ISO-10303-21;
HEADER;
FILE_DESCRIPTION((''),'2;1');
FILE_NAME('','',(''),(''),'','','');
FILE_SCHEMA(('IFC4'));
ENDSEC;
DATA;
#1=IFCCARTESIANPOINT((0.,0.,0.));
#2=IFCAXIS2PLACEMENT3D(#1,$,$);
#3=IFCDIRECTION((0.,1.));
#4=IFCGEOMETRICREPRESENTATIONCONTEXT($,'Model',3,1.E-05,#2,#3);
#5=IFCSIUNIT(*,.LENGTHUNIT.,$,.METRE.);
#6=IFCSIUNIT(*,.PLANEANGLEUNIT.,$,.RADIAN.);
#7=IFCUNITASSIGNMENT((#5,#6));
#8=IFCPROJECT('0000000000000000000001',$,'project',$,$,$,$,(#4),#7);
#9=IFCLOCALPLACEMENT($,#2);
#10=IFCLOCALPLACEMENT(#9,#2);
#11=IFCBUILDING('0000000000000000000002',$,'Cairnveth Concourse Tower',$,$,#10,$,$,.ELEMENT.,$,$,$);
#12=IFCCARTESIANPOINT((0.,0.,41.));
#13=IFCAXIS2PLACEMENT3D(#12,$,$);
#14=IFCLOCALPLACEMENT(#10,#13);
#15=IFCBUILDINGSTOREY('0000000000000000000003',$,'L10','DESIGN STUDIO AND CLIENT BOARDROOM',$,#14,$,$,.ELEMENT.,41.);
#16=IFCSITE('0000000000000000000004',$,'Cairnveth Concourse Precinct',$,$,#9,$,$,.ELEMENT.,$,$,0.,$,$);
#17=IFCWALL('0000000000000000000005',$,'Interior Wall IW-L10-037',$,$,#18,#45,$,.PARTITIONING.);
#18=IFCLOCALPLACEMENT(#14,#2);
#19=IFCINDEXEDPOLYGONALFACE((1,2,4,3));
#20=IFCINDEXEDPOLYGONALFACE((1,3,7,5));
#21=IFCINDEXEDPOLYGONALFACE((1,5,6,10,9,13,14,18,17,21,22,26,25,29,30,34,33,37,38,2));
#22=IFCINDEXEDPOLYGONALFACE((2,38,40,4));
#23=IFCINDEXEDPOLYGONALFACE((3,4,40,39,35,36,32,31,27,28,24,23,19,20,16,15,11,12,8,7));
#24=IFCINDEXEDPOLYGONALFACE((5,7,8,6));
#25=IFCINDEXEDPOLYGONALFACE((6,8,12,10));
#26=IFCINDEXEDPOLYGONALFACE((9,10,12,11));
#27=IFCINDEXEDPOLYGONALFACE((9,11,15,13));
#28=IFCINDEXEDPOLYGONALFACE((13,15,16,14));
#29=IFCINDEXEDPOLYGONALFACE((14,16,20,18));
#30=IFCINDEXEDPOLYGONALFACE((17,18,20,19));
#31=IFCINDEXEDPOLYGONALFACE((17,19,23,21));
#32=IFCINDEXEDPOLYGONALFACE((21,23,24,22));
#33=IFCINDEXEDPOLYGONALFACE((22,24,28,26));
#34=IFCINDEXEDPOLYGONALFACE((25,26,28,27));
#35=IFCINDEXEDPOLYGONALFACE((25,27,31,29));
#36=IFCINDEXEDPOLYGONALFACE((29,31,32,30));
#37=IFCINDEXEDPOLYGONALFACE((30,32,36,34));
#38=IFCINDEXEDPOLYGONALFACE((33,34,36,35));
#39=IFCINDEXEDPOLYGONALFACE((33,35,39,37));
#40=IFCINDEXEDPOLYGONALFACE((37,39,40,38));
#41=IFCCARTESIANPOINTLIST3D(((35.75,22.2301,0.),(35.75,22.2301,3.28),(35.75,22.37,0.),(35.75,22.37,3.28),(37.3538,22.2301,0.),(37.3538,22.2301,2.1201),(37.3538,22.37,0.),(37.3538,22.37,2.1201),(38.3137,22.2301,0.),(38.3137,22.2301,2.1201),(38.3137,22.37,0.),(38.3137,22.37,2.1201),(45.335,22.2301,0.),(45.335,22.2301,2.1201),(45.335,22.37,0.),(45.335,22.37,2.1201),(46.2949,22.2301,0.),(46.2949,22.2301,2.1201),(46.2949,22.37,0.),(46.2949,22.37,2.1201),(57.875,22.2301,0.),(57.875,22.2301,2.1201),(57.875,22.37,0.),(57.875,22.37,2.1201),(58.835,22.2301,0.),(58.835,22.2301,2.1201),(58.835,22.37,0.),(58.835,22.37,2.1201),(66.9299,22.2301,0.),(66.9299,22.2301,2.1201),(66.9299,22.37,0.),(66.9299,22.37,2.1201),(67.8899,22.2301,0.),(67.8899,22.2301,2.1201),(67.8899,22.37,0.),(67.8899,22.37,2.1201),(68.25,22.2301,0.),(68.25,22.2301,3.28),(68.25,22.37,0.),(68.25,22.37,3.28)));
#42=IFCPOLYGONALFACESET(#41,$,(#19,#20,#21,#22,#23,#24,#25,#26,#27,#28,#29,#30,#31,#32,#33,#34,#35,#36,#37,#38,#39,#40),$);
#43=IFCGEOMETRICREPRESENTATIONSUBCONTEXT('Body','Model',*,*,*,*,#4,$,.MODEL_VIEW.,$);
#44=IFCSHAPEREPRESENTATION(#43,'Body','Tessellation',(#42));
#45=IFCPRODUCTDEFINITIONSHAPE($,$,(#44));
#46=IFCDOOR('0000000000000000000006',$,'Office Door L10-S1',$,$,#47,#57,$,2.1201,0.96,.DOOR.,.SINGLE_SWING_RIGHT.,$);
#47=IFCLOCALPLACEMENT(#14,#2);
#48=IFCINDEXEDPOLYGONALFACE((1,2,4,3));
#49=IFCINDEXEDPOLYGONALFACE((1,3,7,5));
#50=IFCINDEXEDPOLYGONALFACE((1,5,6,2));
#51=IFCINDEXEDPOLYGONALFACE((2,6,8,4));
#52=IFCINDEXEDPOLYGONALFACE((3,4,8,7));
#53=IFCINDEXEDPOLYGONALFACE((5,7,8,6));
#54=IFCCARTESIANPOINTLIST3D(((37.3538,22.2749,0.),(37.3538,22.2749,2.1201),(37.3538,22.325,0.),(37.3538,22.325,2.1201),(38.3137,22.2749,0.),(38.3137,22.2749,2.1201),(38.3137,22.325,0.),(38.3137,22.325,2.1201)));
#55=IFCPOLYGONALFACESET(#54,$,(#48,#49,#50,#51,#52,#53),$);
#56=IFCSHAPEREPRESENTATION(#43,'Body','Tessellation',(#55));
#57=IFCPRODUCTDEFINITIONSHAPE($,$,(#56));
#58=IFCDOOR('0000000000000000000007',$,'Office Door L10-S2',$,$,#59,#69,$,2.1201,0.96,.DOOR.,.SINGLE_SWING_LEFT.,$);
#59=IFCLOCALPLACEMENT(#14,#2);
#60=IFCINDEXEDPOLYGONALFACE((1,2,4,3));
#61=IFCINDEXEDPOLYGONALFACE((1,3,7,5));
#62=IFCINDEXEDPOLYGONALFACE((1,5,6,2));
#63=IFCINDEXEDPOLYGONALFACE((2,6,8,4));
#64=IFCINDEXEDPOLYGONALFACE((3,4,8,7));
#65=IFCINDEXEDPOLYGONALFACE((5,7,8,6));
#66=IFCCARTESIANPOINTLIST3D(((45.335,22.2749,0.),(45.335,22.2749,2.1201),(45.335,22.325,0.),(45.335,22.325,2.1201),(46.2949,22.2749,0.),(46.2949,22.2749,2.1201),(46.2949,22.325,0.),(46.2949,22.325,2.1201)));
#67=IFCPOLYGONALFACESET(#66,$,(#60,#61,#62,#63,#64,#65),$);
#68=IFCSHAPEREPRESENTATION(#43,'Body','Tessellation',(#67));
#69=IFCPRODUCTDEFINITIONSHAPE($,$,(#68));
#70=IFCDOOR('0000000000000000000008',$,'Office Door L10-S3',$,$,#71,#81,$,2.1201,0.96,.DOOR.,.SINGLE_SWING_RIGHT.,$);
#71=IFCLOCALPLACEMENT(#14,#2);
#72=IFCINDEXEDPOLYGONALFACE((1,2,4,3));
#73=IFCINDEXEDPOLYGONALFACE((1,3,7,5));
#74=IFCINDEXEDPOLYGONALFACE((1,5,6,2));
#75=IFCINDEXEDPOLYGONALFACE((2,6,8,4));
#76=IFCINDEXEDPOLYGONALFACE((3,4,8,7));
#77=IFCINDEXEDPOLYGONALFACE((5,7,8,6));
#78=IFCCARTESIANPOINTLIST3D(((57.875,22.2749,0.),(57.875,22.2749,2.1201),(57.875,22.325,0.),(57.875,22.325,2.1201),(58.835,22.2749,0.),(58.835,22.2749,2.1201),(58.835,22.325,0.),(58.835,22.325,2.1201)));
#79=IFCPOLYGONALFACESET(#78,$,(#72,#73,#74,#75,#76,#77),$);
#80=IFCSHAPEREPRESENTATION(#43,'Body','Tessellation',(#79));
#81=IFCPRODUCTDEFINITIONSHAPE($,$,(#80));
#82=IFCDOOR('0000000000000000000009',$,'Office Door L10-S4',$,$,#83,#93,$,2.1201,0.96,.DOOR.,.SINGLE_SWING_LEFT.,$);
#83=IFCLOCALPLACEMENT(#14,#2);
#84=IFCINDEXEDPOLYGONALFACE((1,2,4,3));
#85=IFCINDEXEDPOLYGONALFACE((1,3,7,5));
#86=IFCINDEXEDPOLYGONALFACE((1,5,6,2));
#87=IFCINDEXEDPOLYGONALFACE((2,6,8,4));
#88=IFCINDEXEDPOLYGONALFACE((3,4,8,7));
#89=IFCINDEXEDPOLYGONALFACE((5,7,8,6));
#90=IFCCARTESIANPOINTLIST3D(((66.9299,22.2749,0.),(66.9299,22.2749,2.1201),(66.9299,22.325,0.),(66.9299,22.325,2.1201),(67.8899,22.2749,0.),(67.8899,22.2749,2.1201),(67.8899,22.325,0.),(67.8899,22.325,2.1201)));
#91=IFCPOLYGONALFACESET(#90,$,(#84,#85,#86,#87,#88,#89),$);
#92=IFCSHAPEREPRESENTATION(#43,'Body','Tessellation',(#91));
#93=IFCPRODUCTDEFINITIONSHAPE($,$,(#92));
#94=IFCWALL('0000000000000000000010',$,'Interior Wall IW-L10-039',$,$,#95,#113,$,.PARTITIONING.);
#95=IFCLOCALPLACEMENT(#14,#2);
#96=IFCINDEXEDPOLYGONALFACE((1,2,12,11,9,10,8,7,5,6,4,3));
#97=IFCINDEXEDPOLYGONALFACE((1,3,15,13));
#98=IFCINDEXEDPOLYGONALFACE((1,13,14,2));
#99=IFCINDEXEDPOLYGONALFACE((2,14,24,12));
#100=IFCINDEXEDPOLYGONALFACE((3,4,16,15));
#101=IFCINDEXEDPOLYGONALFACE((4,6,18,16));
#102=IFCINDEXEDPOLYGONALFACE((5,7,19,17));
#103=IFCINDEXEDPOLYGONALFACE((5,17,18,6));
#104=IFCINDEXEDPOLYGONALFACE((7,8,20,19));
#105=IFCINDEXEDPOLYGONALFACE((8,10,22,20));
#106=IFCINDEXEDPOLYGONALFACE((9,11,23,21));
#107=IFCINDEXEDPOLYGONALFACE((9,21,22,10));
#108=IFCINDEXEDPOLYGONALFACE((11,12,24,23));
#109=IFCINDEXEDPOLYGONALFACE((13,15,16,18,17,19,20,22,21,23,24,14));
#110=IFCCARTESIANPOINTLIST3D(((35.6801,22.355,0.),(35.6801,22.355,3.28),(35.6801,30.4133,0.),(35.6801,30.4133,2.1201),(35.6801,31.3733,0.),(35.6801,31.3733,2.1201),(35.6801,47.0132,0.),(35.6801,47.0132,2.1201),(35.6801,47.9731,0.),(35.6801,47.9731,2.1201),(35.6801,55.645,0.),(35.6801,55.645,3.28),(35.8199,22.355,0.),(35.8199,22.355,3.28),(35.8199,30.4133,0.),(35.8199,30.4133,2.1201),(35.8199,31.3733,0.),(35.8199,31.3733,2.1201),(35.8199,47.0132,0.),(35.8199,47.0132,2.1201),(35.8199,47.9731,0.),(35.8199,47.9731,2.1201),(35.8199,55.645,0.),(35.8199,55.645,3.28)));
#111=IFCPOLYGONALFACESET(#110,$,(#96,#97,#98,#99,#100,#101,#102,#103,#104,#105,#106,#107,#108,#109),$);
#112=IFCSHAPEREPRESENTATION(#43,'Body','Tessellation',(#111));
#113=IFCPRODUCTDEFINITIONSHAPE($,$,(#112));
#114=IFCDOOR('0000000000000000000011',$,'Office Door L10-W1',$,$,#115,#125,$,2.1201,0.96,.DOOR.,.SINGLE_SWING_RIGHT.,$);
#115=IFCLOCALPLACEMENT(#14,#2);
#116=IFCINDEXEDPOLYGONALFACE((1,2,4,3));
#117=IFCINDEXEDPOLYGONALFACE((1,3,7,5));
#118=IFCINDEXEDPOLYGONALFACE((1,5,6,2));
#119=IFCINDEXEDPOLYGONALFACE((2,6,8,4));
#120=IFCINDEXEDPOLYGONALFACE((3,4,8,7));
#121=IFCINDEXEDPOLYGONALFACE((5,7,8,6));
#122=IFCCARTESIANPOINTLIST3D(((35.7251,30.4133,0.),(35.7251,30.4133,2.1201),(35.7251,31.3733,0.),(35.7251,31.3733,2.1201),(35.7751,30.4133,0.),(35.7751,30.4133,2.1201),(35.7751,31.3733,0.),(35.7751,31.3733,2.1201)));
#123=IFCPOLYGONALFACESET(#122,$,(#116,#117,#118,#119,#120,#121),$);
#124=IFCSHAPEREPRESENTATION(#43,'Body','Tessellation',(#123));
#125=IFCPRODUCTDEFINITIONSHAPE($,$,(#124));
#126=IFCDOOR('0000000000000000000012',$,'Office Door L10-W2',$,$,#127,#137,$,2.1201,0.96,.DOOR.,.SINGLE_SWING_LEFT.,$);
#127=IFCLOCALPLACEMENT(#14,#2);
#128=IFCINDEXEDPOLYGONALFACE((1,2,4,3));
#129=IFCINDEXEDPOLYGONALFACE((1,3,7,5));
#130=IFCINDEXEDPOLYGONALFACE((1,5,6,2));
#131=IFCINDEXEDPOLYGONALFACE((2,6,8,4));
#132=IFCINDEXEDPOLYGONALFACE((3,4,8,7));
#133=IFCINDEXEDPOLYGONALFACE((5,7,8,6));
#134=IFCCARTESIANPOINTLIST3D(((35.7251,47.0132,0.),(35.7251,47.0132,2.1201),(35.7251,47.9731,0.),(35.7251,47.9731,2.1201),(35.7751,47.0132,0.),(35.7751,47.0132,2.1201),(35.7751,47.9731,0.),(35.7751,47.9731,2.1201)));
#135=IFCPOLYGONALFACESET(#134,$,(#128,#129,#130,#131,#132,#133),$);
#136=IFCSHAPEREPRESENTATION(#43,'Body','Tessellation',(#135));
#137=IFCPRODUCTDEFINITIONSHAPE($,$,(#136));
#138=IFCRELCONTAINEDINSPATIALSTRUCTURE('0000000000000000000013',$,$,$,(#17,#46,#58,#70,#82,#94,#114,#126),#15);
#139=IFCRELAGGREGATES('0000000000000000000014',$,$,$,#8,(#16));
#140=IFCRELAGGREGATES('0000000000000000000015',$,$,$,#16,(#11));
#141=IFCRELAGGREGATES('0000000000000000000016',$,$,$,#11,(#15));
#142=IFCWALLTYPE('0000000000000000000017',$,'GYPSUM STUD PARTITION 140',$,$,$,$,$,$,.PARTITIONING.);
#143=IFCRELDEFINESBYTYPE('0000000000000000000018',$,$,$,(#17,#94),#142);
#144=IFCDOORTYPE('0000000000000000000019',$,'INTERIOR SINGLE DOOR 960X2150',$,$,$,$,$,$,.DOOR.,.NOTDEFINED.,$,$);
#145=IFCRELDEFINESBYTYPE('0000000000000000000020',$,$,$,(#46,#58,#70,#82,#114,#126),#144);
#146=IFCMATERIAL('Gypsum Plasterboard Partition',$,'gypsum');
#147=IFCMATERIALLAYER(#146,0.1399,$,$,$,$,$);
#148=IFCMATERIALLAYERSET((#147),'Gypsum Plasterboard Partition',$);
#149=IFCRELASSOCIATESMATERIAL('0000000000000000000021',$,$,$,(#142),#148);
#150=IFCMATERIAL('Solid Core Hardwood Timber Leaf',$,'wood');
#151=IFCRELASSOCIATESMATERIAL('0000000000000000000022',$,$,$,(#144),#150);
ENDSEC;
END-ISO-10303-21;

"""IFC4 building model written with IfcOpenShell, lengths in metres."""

from ifc_helpers import new_model, si_unit, direction, frame, frame_2d, origin, place, context, subcontext, project, spatial, rectangle, extrude, material, layer, layer_set, type_object, element, fill, save


model = new_model("IFC4")

# Units and contexts
model_context = context("Model", 3, precision=1e-05, world=origin(), true_north=direction((0.0, 1.0)))
body_context = subcontext(model_context, "Body", "Model", "MODEL_VIEW")
ifc_project = project(units=[si_unit("LENGTHUNIT", "METRE"), si_unit("PLANEANGLEUNIT", "RADIAN")], contexts=[model_context])

# Site, building, storey
site_placement = place(None, origin())
site = spatial("IfcSite", under=ifc_project, at=site_placement, Name="Cairnveth Concourse Precinct", CompositionType="ELEMENT", RefElevation=0.0)
building_placement = place(site_placement, origin())
building = spatial("IfcBuilding", under=site, at=building_placement, Name="Cairnveth Concourse Tower", CompositionType="ELEMENT")
storey_placement = place(building_placement, frame((0.0, 0.0, 41.0)))
storey = spatial("IfcBuildingStorey", under=building, at=storey_placement, Name="L10", Description="DESIGN STUDIO AND CLIENT BOARDROOM", CompositionType="ELEMENT", Elevation=41.0)

# Walls, openings, doors
ifc_material_1 = material(Name="Gypsum Plasterboard Partition", Category="gypsum")
ifc_layer_1 = layer(ifc_material_1, 0.1399)
ifc_layer_set_1 = layer_set([ifc_layer_1], Name="Gypsum Plasterboard Partition")
wall_type = type_object("IfcWallType", Name="GYPSUM STUD PARTITION 140", PredefinedType="PARTITIONING", material=ifc_layer_set_1)
wall_1_placement = place(storey_placement, frame((35.75, 22.3, 0.0), z_axis=(0.0, 0.0, 1.0), x_axis=(1.0, 0.0, 0.0)))
wall_1 = element("IfcWall", 1, at=wall_1_placement, inside=storey, type_object=wall_type, Name="Interior Wall IW-L10-037", PredefinedType="PARTITIONING", context=body_context, shape_type="SweptSolid", body=[
    extrude(rectangle(XDim=32.5, YDim=0.1399, at=frame_2d((16.25, 0.0))), origin(), (0.0, 0.0, 1.0), 3.28),
])
opening_1_placement = place(wall_1_placement, frame((1.6038, 0.0, 0.0)))
opening_1 = element("IfcOpeningElement", 2, at=opening_1_placement, cuts=wall_1, PredefinedType="OPENING", context=body_context, shape_type="SweptSolid", body=[
    extrude(rectangle(XDim=0.96, YDim=2.1201, at=frame_2d((0.48, 1.0601))), frame((0.0, 0.0798, 0.0), z_axis=(0.0, -1.0, 0.0), x_axis=(1.0, 0.0, 0.0)), (0.0, 0.0, 1.0), 0.1599),
])
opening_2_placement = place(wall_1_placement, frame((9.585, 0.0, 0.0)))
opening_2 = element("IfcOpeningElement", 3, at=opening_2_placement, cuts=wall_1, PredefinedType="OPENING", context=body_context, shape_type="SweptSolid", body=[
    extrude(rectangle(XDim=0.96, YDim=2.1201, at=frame_2d((0.48, 1.0601))), frame((0.0, 0.0798, 0.0), z_axis=(0.0, -1.0, 0.0), x_axis=(1.0, 0.0, 0.0)), (0.0, 0.0, 1.0), 0.1599),
])
opening_3_placement = place(wall_1_placement, frame((22.125, 0.0, 0.0)))
opening_3 = element("IfcOpeningElement", 4, at=opening_3_placement, cuts=wall_1, PredefinedType="OPENING", context=body_context, shape_type="SweptSolid", body=[
    extrude(rectangle(XDim=0.96, YDim=2.1201, at=frame_2d((0.48, 1.0601))), frame((0.0, 0.0798, 0.0), z_axis=(0.0, -1.0, 0.0), x_axis=(1.0, 0.0, 0.0)), (0.0, 0.0, 1.0), 0.1599),
])
opening_4_placement = place(wall_1_placement, frame((31.1799, 0.0, 0.0)))
opening_4 = element("IfcOpeningElement", 5, at=opening_4_placement, cuts=wall_1, PredefinedType="OPENING", context=body_context, shape_type="SweptSolid", body=[
    extrude(rectangle(XDim=0.96, YDim=2.1201, at=frame_2d((0.48, 1.0601))), frame((0.0, 0.0798, 0.0), z_axis=(0.0, -1.0, 0.0), x_axis=(1.0, 0.0, 0.0)), (0.0, 0.0, 1.0), 0.1599),
])
ifc_material_2 = material(Name="Solid Core Hardwood Timber Leaf", Category="wood")
door_type_1 = type_object("IfcDoorType", Name="INTERIOR SINGLE DOOR 960X2150", OperationType="NOTDEFINED", PredefinedType="DOOR", material=ifc_material_2)
door_1_placement = place(opening_1_placement, origin())
door_1 = element("IfcDoor", 6, at=door_1_placement, inside=storey, type_object=door_type_1, Name="Office Door L10-S1", OperationType="SINGLE_SWING_RIGHT", OverallHeight=2.1201, OverallWidth=0.96, PredefinedType="DOOR", context=body_context, shape_type="SweptSolid", body=[
    extrude(rectangle(XDim=0.96, YDim=2.1201, at=frame_2d((0.48, 1.0601))), frame((0.0, 0.0249, 0.0), z_axis=(0.0, -1.0, 0.0), x_axis=(1.0, 0.0, 0.0)), (0.0, 0.0, 1.0), 0.05),
])
fill(opening_1, door_1)
door_2_placement = place(opening_2_placement, origin())
door_2 = element("IfcDoor", 7, at=door_2_placement, inside=storey, type_object=door_type_1, Name="Office Door L10-S2", OperationType="SINGLE_SWING_LEFT", OverallHeight=2.1201, OverallWidth=0.96, PredefinedType="DOOR", context=body_context, shape_type="SweptSolid", body=[
    extrude(rectangle(XDim=0.96, YDim=2.1201, at=frame_2d((0.48, 1.0601))), frame((0.0, 0.0249, 0.0), z_axis=(0.0, -1.0, 0.0), x_axis=(1.0, 0.0, 0.0)), (0.0, 0.0, 1.0), 0.05),
])
fill(opening_2, door_2)
door_3_placement = place(opening_3_placement, origin())
door_3 = element("IfcDoor", 8, at=door_3_placement, inside=storey, type_object=door_type_1, Name="Office Door L10-S3", OperationType="SINGLE_SWING_RIGHT", OverallHeight=2.1201, OverallWidth=0.96, PredefinedType="DOOR", context=body_context, shape_type="SweptSolid", body=[
    extrude(rectangle(XDim=0.96, YDim=2.1201, at=frame_2d((0.48, 1.0601))), frame((0.0, 0.0249, 0.0), z_axis=(0.0, -1.0, 0.0), x_axis=(1.0, 0.0, 0.0)), (0.0, 0.0, 1.0), 0.05),
])
fill(opening_3, door_3)
door_4_placement = place(opening_4_placement, origin())
door_4 = element("IfcDoor", 9, at=door_4_placement, inside=storey, type_object=door_type_1, Name="Office Door L10-S4", OperationType="SINGLE_SWING_LEFT", OverallHeight=2.1201, OverallWidth=0.96, PredefinedType="DOOR", context=body_context, shape_type="SweptSolid", body=[
    extrude(rectangle(XDim=0.96, YDim=2.1201, at=frame_2d((0.48, 1.0601))), frame((0.0, 0.0249, 0.0), z_axis=(0.0, -1.0, 0.0), x_axis=(1.0, 0.0, 0.0)), (0.0, 0.0, 1.0), 0.05),
])
fill(opening_4, door_4)
wall_2_placement = place(storey_placement, frame((35.75, 22.355, 0.0), z_axis=(0.0, 0.0, 1.0), x_axis=(0.0, 1.0, 0.0)))
wall_2 = element("IfcWall", 10, at=wall_2_placement, inside=storey, type_object=wall_type, Name="Interior Wall IW-L10-039", PredefinedType="PARTITIONING", context=body_context, shape_type="SweptSolid", body=[
    extrude(rectangle(XDim=33.29, YDim=0.1399, at=frame_2d((16.645, 0.0))), origin(), (0.0, 0.0, 1.0), 3.28),
])
opening_5_placement = place(wall_2_placement, frame((8.0583, 0.0, 0.0)))
opening_5 = element("IfcOpeningElement", 11, at=opening_5_placement, cuts=wall_2, PredefinedType="OPENING", context=body_context, shape_type="SweptSolid", body=[
    extrude(rectangle(XDim=0.96, YDim=2.1201, at=frame_2d((0.48, 1.0601))), frame((0.0, 0.0798, 0.0), z_axis=(0.0, -1.0, 0.0), x_axis=(1.0, 0.0, 0.0)), (0.0, 0.0, 1.0), 0.1599),
])
opening_6_placement = place(wall_2_placement, frame((24.6582, 0.0, 0.0)))
opening_6 = element("IfcOpeningElement", 12, at=opening_6_placement, cuts=wall_2, PredefinedType="OPENING", context=body_context, shape_type="SweptSolid", body=[
    extrude(rectangle(XDim=0.96, YDim=2.1201, at=frame_2d((0.48, 1.0601))), frame((0.0, 0.0798, 0.0), z_axis=(0.0, -1.0, 0.0), x_axis=(1.0, 0.0, 0.0)), (0.0, 0.0, 1.0), 0.1599),
])
door_5_placement = place(opening_5_placement, origin())
door_5 = element("IfcDoor", 13, at=door_5_placement, inside=storey, type_object=door_type_1, Name="Office Door L10-W1", OperationType="SINGLE_SWING_RIGHT", OverallHeight=2.1201, OverallWidth=0.96, PredefinedType="DOOR", context=body_context, shape_type="SweptSolid", body=[
    extrude(rectangle(XDim=0.96, YDim=2.1201, at=frame_2d((0.48, 1.0601))), frame((0.0, 0.0249, 0.0), z_axis=(0.0, -1.0, 0.0), x_axis=(1.0, 0.0, 0.0)), (0.0, 0.0, 1.0), 0.05),
])
fill(opening_5, door_5)
door_6_placement = place(opening_6_placement, origin())
door_6 = element("IfcDoor", 14, at=door_6_placement, inside=storey, type_object=door_type_1, Name="Office Door L10-W2", OperationType="SINGLE_SWING_LEFT", OverallHeight=2.1201, OverallWidth=0.96, PredefinedType="DOOR", context=body_context, shape_type="SweptSolid", body=[
    extrude(rectangle(XDim=0.96, YDim=2.1201, at=frame_2d((0.48, 1.0601))), frame((0.0, 0.0249, 0.0), z_axis=(0.0, -1.0, 0.0), x_axis=(1.0, 0.0, 0.0)), (0.0, 0.0, 1.0), 0.05),
])
fill(opening_6, door_6)

save(model, "model.ifc")
